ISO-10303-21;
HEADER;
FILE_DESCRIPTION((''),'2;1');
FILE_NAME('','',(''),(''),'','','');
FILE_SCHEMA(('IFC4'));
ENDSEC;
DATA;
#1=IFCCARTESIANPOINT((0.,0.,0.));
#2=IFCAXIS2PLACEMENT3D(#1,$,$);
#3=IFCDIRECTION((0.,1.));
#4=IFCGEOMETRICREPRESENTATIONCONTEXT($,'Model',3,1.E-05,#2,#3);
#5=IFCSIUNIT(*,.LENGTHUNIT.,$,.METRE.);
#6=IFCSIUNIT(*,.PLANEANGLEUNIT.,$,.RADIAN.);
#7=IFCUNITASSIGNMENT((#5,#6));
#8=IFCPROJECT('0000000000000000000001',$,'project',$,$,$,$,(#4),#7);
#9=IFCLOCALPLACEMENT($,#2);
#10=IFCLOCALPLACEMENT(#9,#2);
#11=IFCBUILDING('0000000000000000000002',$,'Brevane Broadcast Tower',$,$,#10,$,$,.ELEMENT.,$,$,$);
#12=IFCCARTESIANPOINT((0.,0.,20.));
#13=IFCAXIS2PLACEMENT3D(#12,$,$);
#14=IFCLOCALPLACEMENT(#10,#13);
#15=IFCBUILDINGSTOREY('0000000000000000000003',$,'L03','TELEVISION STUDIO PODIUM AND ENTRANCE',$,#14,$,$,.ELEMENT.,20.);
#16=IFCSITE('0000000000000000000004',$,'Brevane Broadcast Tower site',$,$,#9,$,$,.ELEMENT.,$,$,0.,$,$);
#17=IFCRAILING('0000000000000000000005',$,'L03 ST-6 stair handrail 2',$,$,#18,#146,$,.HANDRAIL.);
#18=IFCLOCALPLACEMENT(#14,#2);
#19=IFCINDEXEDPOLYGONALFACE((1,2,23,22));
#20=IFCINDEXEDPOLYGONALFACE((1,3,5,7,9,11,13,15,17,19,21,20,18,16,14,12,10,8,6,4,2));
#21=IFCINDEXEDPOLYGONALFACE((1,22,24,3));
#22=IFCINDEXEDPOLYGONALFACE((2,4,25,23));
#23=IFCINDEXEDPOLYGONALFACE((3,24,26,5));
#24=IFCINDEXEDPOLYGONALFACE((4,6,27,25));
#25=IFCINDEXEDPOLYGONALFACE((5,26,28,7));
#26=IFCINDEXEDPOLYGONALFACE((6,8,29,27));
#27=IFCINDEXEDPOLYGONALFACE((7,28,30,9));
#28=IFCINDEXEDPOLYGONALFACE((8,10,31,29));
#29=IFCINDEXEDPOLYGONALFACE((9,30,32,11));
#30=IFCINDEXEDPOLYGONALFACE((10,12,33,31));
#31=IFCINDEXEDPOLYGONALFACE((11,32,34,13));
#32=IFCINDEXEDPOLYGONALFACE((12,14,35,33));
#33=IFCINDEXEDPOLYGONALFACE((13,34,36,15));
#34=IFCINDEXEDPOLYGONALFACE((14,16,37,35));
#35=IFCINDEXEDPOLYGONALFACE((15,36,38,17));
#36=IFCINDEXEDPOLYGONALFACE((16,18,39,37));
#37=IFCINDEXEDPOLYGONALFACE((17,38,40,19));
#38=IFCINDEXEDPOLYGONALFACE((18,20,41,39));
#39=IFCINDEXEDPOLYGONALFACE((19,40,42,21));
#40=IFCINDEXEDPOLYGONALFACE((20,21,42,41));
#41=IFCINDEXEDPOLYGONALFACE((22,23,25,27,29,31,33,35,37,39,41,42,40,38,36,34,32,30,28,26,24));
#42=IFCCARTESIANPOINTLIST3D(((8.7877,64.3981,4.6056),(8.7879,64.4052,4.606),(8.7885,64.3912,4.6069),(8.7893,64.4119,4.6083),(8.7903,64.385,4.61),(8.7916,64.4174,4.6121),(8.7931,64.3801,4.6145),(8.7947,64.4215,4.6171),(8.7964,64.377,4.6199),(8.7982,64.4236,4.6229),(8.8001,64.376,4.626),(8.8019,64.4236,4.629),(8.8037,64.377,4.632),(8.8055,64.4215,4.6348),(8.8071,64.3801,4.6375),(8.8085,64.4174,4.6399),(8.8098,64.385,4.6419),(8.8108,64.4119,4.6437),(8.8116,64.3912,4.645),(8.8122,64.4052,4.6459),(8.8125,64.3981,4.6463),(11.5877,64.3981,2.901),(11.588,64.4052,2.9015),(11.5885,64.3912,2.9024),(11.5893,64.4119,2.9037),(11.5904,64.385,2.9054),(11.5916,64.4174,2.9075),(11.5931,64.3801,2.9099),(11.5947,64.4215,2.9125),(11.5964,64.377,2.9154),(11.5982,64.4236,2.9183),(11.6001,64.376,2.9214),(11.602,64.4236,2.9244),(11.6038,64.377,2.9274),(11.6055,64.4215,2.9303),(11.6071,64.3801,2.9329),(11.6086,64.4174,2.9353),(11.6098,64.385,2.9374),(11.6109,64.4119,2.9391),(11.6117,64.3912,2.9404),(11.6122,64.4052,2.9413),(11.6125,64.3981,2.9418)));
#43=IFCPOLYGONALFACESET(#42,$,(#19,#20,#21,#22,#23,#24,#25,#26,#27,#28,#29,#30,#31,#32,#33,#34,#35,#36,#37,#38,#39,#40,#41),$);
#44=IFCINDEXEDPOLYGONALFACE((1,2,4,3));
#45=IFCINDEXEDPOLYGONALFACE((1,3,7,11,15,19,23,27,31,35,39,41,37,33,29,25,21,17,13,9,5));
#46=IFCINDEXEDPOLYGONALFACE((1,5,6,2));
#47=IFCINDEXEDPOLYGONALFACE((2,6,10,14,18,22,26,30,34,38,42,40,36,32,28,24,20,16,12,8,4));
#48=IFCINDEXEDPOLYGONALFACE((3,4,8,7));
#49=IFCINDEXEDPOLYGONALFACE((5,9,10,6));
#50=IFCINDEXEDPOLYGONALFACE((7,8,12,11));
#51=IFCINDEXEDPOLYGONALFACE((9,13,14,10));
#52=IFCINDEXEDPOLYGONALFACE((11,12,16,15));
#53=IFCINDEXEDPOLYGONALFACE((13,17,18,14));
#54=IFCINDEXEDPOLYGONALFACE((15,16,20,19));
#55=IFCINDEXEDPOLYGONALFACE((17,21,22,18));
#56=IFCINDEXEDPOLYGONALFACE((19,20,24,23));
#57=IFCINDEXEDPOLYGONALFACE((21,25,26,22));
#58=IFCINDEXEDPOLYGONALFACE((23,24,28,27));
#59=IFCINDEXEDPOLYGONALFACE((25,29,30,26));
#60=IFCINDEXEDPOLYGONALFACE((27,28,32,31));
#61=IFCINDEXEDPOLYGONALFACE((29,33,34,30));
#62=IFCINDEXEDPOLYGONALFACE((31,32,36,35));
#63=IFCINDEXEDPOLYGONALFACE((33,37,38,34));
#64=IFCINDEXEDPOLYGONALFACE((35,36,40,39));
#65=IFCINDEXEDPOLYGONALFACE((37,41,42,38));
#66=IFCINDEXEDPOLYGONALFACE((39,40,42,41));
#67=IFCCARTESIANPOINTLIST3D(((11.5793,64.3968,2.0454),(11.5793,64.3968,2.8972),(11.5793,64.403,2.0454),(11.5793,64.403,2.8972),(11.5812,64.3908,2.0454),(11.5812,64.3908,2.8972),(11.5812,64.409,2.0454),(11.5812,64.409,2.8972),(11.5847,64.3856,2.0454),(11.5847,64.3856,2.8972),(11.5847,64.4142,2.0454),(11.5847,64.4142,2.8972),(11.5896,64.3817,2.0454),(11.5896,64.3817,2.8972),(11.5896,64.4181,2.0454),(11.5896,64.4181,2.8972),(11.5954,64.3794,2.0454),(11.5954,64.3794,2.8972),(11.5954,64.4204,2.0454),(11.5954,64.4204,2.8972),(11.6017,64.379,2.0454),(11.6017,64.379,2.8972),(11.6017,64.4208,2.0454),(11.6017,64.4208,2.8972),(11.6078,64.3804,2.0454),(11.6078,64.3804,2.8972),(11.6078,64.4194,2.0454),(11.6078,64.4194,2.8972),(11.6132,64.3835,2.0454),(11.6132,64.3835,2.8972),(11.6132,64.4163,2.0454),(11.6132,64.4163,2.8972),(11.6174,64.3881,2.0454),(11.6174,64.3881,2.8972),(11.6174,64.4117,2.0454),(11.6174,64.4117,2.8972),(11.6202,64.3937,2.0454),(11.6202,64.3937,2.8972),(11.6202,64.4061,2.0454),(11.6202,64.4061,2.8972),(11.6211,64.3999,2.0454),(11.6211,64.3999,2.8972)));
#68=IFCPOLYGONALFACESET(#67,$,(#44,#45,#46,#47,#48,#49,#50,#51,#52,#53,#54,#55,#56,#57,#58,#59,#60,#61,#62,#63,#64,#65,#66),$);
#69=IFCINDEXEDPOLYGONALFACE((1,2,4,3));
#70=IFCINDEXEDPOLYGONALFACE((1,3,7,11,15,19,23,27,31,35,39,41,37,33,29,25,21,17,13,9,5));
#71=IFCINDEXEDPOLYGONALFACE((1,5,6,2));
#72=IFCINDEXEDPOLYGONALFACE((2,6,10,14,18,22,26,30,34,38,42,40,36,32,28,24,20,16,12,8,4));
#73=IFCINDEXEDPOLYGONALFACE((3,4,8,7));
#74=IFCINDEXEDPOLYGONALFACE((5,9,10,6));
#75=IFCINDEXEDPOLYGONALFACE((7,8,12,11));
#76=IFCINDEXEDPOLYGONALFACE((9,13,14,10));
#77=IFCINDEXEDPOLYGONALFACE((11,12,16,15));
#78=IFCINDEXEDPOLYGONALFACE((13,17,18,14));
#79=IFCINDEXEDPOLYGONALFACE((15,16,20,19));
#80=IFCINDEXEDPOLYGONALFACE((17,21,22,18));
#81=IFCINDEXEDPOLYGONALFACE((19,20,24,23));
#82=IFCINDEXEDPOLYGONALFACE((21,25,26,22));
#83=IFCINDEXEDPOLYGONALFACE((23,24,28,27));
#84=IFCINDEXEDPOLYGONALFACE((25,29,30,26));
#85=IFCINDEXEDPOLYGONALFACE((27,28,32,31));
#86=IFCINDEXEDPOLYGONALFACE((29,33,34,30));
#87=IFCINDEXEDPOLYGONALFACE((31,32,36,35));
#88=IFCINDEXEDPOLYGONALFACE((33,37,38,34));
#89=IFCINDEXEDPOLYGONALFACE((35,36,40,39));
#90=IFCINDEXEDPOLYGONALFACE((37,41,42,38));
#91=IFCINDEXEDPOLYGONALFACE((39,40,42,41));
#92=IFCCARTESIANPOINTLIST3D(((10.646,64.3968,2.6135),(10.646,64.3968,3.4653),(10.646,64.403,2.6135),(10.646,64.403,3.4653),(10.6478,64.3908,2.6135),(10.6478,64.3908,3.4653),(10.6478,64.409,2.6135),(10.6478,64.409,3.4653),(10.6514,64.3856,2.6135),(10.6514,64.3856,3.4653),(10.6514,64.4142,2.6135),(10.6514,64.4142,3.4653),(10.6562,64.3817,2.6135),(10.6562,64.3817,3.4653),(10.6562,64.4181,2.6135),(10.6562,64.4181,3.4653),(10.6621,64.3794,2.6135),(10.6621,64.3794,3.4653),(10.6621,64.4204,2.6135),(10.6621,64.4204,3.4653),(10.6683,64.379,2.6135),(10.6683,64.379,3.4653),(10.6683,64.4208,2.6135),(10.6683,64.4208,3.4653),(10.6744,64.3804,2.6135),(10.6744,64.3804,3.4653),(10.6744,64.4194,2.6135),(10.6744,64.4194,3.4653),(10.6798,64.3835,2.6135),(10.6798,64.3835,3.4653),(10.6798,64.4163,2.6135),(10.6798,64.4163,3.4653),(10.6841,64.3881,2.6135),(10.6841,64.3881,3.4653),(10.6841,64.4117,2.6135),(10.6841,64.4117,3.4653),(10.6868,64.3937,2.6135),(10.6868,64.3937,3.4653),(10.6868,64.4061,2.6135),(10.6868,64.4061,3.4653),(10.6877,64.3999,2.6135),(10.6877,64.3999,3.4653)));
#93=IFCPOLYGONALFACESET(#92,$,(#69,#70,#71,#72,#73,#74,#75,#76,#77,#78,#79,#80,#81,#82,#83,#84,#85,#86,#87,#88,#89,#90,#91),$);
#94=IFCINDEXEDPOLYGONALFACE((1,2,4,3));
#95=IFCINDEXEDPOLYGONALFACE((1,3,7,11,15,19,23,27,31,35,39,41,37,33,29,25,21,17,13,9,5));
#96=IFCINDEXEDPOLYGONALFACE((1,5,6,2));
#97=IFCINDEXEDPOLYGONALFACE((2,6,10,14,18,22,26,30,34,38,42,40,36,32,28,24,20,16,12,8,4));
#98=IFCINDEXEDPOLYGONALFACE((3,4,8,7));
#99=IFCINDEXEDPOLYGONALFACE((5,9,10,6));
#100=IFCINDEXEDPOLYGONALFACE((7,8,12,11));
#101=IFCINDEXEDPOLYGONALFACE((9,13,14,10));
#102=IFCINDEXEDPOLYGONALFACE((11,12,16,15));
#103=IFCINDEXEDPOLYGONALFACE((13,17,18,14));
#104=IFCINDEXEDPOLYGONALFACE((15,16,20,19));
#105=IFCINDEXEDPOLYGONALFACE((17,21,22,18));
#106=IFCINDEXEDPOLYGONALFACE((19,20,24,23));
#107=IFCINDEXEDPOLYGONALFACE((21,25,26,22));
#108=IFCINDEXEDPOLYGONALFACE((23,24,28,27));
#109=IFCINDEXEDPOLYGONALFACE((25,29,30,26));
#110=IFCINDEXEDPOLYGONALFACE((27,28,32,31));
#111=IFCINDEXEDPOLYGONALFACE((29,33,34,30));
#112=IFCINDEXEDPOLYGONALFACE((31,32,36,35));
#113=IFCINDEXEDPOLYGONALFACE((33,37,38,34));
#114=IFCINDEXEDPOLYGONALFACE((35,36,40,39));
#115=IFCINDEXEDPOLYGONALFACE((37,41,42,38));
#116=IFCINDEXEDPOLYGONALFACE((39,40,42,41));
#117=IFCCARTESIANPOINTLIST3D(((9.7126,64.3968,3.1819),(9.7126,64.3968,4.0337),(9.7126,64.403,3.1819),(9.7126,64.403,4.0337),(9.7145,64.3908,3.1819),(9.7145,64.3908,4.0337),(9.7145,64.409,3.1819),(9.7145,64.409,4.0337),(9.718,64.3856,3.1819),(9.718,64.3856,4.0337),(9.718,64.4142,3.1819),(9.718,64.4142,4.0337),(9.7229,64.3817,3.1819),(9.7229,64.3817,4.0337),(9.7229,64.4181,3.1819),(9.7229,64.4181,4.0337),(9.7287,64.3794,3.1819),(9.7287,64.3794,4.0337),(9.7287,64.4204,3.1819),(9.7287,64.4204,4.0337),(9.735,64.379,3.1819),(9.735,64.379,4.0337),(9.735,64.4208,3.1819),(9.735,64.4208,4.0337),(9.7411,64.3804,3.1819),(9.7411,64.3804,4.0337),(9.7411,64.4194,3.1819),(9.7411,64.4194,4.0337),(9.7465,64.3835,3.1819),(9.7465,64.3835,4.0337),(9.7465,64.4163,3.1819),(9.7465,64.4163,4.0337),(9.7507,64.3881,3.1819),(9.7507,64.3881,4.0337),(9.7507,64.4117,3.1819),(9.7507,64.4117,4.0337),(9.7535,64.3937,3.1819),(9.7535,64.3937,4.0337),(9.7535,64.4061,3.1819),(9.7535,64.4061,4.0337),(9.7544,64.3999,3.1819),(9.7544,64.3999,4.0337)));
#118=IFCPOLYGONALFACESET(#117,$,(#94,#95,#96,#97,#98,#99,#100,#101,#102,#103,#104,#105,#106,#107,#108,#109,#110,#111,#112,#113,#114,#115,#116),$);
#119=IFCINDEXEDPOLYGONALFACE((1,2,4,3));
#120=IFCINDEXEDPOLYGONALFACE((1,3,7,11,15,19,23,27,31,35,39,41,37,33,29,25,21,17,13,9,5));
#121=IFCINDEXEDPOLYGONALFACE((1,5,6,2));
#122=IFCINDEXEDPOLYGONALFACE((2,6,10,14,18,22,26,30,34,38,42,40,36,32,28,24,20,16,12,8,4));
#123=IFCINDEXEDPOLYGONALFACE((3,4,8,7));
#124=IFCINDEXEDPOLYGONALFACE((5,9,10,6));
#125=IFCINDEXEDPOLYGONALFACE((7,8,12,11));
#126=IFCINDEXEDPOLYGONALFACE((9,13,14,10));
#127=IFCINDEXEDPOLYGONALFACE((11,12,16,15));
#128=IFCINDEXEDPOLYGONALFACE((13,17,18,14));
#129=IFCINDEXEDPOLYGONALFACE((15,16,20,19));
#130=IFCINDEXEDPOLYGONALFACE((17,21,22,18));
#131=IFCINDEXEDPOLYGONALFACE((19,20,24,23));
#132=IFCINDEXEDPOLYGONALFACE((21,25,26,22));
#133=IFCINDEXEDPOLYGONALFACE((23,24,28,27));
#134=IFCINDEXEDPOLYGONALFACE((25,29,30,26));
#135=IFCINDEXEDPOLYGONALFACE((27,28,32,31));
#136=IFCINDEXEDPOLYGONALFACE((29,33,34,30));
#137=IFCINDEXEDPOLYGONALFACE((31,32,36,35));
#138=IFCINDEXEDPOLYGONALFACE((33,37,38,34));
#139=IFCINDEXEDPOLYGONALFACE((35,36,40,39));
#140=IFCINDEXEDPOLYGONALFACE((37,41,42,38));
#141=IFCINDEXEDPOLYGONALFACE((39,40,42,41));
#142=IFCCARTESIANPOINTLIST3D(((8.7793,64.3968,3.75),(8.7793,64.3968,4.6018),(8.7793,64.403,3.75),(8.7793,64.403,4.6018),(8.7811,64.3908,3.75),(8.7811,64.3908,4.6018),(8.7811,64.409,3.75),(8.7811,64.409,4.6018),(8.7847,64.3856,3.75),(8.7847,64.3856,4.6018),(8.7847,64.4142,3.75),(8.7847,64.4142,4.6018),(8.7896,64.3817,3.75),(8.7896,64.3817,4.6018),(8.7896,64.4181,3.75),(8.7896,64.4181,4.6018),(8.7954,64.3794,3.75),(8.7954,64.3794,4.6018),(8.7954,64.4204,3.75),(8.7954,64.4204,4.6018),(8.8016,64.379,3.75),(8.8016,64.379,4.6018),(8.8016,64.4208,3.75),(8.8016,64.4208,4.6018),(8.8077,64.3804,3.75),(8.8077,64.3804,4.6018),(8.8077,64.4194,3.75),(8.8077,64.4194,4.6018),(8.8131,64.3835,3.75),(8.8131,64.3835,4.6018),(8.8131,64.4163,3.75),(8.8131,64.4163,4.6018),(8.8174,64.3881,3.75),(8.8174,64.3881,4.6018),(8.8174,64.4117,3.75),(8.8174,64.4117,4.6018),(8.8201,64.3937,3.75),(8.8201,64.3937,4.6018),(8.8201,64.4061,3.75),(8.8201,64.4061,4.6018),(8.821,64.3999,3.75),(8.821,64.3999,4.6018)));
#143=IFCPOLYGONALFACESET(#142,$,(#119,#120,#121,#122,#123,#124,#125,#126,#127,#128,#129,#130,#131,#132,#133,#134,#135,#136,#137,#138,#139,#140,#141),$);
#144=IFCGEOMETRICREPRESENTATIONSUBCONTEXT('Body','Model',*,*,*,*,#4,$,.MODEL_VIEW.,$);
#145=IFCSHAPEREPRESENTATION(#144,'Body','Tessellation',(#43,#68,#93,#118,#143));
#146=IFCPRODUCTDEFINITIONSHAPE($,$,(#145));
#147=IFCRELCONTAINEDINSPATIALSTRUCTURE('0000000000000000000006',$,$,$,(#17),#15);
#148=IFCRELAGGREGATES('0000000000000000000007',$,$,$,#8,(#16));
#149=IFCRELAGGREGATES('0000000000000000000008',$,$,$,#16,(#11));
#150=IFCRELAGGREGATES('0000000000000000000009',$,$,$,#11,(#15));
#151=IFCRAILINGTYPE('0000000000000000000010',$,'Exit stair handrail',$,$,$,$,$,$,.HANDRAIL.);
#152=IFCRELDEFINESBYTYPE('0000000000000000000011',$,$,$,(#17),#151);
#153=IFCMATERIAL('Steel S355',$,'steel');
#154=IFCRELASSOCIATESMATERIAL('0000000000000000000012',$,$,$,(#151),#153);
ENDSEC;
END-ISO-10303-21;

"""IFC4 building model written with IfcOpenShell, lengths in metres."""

from ifc_helpers import new_model, si_unit, direction, frame, origin, origin_2d, place, context, subcontext, project, spatial, circle, extrude, material, type_object, element, save


model = new_model("IFC4")

# Units and contexts
model_context = context("Model", 3, precision=1e-05, world=origin(), true_north=direction((0.0, 1.0)))
body_context = subcontext(model_context, "Body", "Model", "MODEL_VIEW")
ifc_project = project(units=[si_unit("LENGTHUNIT", "METRE"), si_unit("PLANEANGLEUNIT", "RADIAN")], contexts=[model_context])

# Site, building, storey
site_placement = place(None, origin())
site = spatial("IfcSite", under=ifc_project, at=site_placement, Name="Brevane Broadcast Tower site", CompositionType="ELEMENT", RefElevation=0.0)
building_placement = place(site_placement, origin())
building = spatial("IfcBuilding", under=site, at=building_placement, Name="Brevane Broadcast Tower", CompositionType="ELEMENT")
storey_placement = place(building_placement, frame((0.0, 0.0, 20.0)))
storey = spatial("IfcBuildingStorey", under=building, at=storey_placement, Name="L03", Description="TELEVISION STUDIO PODIUM AND ENTRANCE", CompositionType="ELEMENT", Elevation=20.0)

# Railing
ifc_material_1 = material(Name="Steel S355", Category="steel")
railing_type_1 = type_object("IfcRailingType", Name="Exit stair handrail", PredefinedType="HANDRAIL", material=ifc_material_1)
railing_1_placement = place(storey_placement, frame((11.6001, 64.3999, 2.0454)))
element("IfcRailing", 1, at=railing_1_placement, inside=storey, type_object=railing_type_1, Name="L03 ST-6 stair handrail 2", PredefinedType="HANDRAIL", context=body_context, shape_type="SweptSolid", body=[
    extrude(circle(Radius=0.0239, at=origin_2d()), frame((0.0, 0.0, 0.876), z_axis=(-0.85417, 0.0, 0.519994), x_axis=(0.0, -1.0, 0.0)), (0.0, 0.0, 1.0), 3.2781),
    extrude(circle(Radius=0.021, at=origin_2d()), origin(), (0.0, 0.0, 1.0), 0.8518),
    extrude(circle(Radius=0.021, at=origin_2d()), frame((-0.9333, 0.0, 0.5681)), (0.0, 0.0, 1.0), 0.8518),
    extrude(circle(Radius=0.021, at=origin_2d()), frame((-1.8667, 0.0, 1.1365)), (0.0, 0.0, 1.0), 0.8518),
    extrude(circle(Radius=0.021, at=origin_2d()), frame((-2.8, 0.0, 1.7046)), (0.0, 0.0, 1.0), 0.8518),
])

save(model, "model.ifc")
